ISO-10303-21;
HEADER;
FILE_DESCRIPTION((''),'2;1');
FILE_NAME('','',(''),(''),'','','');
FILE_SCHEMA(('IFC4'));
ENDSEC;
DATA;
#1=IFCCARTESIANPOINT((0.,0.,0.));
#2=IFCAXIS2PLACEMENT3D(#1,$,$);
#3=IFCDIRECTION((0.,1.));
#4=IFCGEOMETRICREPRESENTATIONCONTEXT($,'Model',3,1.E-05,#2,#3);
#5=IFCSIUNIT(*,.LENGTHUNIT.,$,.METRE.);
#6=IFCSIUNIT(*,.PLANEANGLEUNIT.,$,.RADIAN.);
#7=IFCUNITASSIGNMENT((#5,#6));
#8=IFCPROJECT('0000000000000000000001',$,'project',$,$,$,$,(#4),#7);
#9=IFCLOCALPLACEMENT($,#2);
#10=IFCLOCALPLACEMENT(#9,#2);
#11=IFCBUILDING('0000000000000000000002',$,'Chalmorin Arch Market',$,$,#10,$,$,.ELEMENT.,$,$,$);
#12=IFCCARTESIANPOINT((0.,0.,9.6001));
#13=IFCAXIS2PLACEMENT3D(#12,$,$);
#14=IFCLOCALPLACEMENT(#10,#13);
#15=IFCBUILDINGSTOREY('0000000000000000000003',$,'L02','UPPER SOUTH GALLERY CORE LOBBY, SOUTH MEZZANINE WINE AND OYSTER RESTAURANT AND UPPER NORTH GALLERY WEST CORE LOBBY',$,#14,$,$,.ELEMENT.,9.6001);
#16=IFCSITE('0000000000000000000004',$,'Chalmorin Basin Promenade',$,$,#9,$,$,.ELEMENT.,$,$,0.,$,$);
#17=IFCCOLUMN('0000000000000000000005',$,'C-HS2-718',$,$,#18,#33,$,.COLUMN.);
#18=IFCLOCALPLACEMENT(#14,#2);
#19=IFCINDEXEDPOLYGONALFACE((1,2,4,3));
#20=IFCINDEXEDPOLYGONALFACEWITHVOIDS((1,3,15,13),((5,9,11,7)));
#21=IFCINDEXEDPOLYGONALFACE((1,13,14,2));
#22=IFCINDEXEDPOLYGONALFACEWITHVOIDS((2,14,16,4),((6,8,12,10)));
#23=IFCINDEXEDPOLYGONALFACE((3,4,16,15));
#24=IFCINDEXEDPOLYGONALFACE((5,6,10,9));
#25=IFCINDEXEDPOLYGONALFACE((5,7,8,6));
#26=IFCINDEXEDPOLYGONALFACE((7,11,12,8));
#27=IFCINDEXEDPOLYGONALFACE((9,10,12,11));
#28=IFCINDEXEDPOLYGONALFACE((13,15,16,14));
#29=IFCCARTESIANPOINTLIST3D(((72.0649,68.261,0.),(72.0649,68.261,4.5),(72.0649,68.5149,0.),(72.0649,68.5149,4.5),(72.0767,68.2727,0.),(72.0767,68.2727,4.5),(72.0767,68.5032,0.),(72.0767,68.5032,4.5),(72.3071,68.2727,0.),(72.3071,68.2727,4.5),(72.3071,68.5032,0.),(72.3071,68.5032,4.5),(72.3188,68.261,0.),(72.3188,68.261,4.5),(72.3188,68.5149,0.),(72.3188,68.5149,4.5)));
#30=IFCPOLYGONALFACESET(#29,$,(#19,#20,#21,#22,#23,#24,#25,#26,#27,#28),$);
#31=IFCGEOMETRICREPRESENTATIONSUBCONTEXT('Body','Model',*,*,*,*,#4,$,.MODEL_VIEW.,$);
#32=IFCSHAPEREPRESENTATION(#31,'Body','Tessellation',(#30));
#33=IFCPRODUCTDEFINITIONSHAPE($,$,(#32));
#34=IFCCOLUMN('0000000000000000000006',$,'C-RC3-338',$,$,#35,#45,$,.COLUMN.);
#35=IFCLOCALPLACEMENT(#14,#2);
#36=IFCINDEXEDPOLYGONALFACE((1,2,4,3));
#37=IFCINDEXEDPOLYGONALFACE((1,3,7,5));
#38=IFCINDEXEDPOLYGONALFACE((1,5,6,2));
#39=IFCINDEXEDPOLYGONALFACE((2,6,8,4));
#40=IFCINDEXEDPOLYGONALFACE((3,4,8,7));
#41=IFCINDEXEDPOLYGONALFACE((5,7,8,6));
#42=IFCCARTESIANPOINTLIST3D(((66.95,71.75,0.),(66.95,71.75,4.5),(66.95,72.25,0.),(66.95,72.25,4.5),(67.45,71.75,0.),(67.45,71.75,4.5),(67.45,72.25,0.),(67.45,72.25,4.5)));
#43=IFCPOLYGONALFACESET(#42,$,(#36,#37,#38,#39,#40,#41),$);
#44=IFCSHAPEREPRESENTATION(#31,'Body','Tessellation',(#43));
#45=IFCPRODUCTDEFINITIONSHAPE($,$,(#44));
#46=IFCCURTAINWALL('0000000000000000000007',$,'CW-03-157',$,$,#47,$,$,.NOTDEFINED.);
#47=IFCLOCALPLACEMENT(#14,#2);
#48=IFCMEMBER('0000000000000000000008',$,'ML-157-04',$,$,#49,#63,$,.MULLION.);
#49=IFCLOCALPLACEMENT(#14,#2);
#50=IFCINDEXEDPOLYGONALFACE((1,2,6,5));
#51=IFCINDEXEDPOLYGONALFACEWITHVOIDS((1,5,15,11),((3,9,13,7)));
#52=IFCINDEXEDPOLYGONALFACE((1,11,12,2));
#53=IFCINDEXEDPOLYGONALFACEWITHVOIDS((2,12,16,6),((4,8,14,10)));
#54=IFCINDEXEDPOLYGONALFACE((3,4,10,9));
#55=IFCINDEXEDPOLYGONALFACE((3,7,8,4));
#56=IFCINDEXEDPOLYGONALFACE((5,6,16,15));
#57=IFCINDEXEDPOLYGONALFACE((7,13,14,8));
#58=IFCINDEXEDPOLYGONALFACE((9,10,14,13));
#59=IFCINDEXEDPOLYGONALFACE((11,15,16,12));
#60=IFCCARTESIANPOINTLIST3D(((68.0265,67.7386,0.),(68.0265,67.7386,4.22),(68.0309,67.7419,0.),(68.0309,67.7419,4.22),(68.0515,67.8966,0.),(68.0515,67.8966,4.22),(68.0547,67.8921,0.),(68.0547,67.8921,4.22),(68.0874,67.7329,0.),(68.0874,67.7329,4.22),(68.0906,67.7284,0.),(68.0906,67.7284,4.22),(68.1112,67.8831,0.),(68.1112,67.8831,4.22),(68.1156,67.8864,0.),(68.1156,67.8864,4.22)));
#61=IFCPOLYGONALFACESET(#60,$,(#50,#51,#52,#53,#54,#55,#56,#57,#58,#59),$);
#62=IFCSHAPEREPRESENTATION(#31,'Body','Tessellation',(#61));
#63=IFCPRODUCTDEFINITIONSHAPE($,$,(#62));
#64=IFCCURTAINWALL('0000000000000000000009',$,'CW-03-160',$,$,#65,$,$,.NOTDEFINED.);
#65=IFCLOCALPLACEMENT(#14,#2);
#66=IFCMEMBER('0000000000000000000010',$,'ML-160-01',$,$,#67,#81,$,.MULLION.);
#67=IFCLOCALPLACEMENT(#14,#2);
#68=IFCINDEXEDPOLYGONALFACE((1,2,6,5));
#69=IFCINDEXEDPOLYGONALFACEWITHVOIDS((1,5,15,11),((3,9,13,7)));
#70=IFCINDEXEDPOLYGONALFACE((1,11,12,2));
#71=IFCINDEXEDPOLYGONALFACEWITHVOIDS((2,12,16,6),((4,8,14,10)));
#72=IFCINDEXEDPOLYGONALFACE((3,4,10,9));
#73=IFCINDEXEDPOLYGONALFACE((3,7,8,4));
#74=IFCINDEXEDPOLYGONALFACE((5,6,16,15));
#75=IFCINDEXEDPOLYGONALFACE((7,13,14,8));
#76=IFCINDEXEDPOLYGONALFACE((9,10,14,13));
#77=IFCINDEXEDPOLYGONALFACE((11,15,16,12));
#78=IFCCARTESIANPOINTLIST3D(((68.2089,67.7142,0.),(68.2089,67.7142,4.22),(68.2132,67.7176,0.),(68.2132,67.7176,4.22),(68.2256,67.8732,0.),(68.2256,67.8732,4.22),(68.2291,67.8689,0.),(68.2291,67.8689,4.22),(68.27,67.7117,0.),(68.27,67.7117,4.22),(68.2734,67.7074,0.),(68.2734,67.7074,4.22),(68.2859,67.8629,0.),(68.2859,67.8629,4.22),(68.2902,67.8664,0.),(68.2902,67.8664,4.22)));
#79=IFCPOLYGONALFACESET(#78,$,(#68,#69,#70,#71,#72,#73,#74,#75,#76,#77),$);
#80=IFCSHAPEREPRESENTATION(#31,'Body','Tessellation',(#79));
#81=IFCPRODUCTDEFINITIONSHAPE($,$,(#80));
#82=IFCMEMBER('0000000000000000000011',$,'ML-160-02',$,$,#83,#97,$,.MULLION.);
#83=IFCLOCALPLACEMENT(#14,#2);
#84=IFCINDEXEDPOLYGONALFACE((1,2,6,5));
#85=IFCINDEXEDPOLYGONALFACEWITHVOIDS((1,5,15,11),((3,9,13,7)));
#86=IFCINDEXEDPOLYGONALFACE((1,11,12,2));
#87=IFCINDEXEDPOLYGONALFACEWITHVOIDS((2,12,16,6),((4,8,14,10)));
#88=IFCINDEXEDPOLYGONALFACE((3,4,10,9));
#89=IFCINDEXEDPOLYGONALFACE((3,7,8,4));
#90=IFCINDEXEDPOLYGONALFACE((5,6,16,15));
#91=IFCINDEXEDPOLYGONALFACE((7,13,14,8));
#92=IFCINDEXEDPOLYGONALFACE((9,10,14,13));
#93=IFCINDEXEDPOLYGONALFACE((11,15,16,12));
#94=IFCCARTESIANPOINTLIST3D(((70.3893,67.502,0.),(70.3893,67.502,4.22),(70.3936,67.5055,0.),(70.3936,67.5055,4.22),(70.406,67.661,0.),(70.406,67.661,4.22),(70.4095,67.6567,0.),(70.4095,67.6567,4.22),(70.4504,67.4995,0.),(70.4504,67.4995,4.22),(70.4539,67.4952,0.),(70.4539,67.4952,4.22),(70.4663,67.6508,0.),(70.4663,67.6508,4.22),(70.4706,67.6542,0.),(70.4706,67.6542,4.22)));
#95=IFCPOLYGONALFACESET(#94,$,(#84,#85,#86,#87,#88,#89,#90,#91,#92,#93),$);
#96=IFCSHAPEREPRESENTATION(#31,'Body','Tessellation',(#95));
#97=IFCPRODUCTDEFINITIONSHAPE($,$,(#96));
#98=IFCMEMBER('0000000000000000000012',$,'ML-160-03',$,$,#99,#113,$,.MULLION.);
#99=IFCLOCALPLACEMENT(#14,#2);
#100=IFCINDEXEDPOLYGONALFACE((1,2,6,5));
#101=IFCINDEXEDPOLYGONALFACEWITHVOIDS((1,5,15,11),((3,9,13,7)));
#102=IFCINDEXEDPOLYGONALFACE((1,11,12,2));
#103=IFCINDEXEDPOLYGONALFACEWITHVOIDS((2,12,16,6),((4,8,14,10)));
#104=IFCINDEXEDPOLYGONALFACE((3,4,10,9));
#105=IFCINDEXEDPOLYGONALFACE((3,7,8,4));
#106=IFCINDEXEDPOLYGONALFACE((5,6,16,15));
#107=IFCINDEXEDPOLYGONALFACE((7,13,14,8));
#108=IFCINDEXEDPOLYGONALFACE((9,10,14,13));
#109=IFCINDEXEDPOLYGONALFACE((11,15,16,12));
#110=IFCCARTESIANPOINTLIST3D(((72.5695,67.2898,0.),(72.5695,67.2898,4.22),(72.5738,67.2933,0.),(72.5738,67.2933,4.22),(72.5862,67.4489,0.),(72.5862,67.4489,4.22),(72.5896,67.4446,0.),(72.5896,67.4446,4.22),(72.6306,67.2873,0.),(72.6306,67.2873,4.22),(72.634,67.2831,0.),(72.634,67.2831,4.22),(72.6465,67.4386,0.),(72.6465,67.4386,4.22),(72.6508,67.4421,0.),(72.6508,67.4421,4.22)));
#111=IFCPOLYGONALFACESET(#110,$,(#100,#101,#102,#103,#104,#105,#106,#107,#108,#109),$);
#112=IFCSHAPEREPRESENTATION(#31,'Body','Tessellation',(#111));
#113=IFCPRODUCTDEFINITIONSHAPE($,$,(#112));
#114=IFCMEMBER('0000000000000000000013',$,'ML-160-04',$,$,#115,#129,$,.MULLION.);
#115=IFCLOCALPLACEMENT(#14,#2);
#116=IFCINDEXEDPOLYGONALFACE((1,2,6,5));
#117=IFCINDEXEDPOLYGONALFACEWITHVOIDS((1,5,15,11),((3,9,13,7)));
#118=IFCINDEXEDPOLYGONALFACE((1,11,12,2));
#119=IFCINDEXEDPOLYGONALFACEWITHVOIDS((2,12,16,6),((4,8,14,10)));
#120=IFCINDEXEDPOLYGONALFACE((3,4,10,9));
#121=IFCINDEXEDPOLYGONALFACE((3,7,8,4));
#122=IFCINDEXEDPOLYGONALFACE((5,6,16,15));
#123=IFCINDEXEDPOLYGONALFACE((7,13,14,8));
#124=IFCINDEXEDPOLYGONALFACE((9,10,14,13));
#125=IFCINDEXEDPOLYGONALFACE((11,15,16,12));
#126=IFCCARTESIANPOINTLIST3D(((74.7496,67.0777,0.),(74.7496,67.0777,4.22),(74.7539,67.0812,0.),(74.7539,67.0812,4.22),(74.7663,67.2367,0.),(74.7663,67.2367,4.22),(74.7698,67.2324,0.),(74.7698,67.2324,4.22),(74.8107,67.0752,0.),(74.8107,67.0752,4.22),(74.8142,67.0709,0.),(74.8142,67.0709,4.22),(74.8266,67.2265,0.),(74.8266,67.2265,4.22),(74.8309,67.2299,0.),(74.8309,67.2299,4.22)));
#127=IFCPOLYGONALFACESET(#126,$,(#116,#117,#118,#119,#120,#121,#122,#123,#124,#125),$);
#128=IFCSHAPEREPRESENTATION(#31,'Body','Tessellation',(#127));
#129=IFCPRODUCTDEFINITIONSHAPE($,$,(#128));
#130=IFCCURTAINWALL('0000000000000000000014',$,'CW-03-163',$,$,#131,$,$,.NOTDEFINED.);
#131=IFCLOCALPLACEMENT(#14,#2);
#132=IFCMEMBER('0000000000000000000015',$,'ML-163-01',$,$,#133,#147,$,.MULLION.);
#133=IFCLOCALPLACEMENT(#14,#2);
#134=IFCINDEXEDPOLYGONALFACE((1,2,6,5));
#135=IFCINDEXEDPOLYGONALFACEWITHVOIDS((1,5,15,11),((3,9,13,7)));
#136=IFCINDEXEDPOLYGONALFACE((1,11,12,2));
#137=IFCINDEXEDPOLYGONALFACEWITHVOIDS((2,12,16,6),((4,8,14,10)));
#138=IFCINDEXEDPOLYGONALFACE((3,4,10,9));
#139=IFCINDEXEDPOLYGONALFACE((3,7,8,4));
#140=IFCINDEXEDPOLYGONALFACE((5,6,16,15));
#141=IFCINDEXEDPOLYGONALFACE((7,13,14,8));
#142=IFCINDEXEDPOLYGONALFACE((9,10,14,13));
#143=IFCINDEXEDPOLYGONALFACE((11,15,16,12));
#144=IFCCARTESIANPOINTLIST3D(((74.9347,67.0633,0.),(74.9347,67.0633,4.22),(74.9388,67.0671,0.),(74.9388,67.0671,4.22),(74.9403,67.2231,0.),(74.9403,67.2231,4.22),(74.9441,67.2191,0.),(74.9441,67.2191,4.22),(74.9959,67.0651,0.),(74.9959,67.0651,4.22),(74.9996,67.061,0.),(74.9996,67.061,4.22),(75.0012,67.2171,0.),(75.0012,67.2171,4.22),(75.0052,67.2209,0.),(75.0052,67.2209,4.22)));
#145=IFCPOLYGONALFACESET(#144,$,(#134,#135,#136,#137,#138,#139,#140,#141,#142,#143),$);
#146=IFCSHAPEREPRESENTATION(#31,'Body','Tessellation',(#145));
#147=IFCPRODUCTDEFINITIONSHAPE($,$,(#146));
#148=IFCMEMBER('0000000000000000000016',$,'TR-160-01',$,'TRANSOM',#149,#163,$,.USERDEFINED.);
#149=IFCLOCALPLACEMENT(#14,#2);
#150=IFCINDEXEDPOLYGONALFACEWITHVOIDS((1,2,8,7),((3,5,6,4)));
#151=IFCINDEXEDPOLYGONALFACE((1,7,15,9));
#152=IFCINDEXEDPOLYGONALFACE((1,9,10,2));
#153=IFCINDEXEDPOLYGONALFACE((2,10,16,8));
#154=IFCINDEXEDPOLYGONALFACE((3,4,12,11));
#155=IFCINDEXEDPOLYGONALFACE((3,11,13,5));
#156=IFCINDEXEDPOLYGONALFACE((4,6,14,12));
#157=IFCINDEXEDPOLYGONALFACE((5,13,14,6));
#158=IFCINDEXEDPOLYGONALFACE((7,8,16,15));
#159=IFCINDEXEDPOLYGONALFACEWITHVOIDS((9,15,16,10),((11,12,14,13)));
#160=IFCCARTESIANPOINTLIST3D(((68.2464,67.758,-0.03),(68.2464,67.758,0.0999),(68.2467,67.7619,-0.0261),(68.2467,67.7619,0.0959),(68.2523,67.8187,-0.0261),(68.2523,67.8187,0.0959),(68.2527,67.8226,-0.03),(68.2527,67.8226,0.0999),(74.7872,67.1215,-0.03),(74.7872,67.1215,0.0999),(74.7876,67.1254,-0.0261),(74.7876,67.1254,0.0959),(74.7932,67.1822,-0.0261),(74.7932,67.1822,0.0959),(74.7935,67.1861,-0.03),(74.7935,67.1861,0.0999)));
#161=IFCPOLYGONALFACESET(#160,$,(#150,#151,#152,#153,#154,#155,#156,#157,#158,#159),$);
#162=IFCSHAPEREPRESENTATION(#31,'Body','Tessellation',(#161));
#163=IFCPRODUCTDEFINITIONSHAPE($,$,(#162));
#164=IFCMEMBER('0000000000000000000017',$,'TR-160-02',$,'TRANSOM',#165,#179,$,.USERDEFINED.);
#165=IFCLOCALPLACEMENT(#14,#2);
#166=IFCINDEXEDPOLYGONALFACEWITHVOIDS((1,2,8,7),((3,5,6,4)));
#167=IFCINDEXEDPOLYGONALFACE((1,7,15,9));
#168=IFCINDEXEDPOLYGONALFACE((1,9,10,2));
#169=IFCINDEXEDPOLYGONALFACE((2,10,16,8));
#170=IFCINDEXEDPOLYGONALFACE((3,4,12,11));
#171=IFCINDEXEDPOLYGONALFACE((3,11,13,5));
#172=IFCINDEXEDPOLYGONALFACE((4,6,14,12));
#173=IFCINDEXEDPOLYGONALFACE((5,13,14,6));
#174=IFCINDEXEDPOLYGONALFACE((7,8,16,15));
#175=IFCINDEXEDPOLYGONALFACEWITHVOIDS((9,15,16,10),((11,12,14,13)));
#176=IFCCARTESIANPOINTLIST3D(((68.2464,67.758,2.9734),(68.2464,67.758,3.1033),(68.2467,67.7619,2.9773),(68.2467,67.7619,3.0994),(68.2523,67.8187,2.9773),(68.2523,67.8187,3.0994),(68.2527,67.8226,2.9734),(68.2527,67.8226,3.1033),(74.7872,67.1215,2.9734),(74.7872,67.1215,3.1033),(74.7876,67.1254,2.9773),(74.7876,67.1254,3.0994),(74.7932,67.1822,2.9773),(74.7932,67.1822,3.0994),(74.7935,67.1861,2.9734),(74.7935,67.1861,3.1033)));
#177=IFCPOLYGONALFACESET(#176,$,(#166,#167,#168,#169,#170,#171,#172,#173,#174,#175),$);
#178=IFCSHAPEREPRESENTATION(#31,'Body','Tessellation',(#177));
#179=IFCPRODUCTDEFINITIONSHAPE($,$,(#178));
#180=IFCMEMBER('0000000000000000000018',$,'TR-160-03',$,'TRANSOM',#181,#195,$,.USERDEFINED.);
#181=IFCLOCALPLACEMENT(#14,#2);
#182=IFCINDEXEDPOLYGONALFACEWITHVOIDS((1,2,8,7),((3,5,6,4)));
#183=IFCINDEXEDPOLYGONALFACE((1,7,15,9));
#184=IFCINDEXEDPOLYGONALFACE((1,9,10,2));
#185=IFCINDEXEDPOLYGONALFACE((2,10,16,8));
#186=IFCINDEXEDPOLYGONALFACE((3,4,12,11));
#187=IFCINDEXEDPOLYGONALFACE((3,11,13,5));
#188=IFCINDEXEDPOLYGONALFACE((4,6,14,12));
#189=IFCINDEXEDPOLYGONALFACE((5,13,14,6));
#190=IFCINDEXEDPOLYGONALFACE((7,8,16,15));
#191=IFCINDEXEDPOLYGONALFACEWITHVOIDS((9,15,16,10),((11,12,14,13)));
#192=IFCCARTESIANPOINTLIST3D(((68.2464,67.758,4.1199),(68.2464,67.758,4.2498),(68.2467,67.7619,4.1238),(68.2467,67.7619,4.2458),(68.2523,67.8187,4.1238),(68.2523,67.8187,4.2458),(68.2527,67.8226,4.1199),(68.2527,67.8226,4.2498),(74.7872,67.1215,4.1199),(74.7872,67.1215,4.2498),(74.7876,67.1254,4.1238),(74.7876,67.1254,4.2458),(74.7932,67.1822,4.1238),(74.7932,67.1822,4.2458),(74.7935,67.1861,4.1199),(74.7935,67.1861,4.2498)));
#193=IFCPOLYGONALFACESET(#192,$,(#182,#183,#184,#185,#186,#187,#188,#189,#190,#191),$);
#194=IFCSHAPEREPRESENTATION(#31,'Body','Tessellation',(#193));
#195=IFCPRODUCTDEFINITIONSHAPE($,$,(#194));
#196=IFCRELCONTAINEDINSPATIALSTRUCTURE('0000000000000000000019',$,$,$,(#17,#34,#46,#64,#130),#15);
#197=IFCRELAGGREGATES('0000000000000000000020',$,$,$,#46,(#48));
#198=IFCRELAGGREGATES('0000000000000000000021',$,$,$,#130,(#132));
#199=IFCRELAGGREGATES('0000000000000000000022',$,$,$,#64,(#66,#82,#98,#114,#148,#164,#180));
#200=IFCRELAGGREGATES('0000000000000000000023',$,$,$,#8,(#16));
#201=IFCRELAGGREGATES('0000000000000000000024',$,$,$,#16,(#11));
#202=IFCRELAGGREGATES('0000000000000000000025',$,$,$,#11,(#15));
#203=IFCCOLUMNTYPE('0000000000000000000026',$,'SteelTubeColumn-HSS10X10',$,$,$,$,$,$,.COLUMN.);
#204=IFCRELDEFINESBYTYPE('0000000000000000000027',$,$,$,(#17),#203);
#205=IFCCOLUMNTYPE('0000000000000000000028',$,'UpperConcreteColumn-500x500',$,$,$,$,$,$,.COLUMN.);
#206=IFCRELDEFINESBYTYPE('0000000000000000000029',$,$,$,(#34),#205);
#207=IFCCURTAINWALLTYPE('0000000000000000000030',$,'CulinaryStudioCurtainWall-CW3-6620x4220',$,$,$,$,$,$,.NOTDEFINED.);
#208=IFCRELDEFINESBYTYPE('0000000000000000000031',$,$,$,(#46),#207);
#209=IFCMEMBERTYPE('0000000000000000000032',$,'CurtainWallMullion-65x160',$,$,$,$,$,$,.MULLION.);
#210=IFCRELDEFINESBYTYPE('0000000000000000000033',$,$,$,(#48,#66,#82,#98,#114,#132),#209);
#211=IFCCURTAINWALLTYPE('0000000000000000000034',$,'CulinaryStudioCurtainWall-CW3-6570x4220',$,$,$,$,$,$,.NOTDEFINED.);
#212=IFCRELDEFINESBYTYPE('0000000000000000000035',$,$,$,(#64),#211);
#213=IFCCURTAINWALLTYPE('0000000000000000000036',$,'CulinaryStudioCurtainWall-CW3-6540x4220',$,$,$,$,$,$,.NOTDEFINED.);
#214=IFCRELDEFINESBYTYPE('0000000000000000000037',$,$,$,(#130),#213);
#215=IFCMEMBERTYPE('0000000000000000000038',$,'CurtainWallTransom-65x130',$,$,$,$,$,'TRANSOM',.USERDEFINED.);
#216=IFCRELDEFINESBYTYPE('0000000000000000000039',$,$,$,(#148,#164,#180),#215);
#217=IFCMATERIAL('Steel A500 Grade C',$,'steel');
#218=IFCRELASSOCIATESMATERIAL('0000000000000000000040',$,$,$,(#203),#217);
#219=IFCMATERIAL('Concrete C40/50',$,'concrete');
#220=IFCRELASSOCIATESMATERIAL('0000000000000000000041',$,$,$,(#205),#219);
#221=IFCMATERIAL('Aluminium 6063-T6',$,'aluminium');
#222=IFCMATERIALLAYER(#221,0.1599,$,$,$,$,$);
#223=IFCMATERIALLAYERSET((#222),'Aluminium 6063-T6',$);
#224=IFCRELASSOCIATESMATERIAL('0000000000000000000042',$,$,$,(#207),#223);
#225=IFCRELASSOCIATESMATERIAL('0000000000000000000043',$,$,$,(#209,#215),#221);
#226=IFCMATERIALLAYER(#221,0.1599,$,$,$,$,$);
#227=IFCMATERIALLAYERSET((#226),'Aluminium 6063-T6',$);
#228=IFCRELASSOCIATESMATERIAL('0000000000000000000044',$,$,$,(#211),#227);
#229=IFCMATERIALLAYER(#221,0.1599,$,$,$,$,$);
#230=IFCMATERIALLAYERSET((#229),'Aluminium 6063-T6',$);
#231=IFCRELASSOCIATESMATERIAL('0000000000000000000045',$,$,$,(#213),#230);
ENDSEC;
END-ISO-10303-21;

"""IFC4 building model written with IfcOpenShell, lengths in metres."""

from ifc_helpers import new_model, si_unit, direction, frame, origin, origin_2d, place, context, subcontext, project, spatial, rectangle, hollow_rectangle, extrude, material, layer, layer_set, material_profile, profile_set, type_object, element, aggregate, save


model = new_model("IFC4")

# Units and contexts
model_context = context("Model", 3, precision=1e-05, world=origin(), true_north=direction((0.0, 1.0)))
body_context = subcontext(model_context, "Body", "Model", "MODEL_VIEW")
ifc_project = project(units=[si_unit("LENGTHUNIT", "METRE"), si_unit("PLANEANGLEUNIT", "RADIAN")], contexts=[model_context])

# Site, building, storey
site_placement = place(None, origin())
site = spatial("IfcSite", under=ifc_project, at=site_placement, Name="Chalmorin Basin Promenade", CompositionType="ELEMENT", RefElevation=0.0)
building_placement = place(site_placement, origin())
building = spatial("IfcBuilding", under=site, at=building_placement, Name="Chalmorin Arch Market", CompositionType="ELEMENT")
storey_placement = place(building_placement, frame((0.0, 0.0, 9.6001)))
storey = spatial("IfcBuildingStorey", under=building, at=storey_placement, Name="L02", Description="UPPER SOUTH GALLERY CORE LOBBY, SOUTH MEZZANINE WINE AND OYSTER RESTAURANT AND UPPER NORTH GALLERY WEST CORE LOBBY", CompositionType="ELEMENT", Elevation=9.6001)

# Columns
ifc_material_1 = material(Name="Steel A500 Grade C", Category="steel")
ifc_material_profile_1 = material_profile(ifc_material_1, hollow_rectangle(XDim=0.2539, YDim=0.2539, WallThickness=0.0117, at=origin_2d()), Name="HSS10X10X1/2")
ifc_profile_set_1 = profile_set([ifc_material_profile_1], Name="Steel A500 Grade C")
column_type_1 = type_object("IfcColumnType", Name="SteelTubeColumn-HSS10X10", PredefinedType="COLUMN", material=ifc_profile_set_1)
column_1_placement = place(storey_placement, frame((72.1919, 68.3879, 0.0), z_axis=(0.0, 0.0, 1.0), x_axis=(1.0, 0.0, 0.0)))
element("IfcColumn", 1, at=column_1_placement, inside=storey, type_object=column_type_1, Name="C-HS2-718", PredefinedType="COLUMN", context=body_context, shape_type="SweptSolid", body=[
    extrude(hollow_rectangle(XDim=0.2539, YDim=0.2539, WallThickness=0.0117, at=origin_2d()), origin(), (0.0, 0.0, 1.0), 4.5),
])
ifc_material_2 = material(Name="Concrete C40/50", Category="concrete")
ifc_material_profile_2 = material_profile(ifc_material_2, rectangle(XDim=0.5, YDim=0.5, at=origin_2d()), Name="RC500X500")
ifc_profile_set_2 = profile_set([ifc_material_profile_2], Name="Concrete C40/50")
column_type_2 = type_object("IfcColumnType", Name="UpperConcreteColumn-500x500", PredefinedType="COLUMN", material=ifc_profile_set_2)
column_2_placement = place(storey_placement, frame((67.2, 72.0, 0.0), z_axis=(0.0, 0.0, 1.0), x_axis=(1.0, 0.0, 0.0)))
element("IfcColumn", 2, at=column_2_placement, inside=storey, type_object=column_type_2, Name="C-RC3-338", PredefinedType="COLUMN", context=body_context, shape_type="SweptSolid", body=[
    extrude(rectangle(XDim=0.5, YDim=0.5, at=origin_2d()), origin(), (0.0, 0.0, 1.0), 4.5),
])

# Curtain wall, member
ifc_material_3 = material(Name="Aluminium 6063-T6", Category="aluminium")
ifc_layer_1 = layer(ifc_material_3, 0.1599)
ifc_layer_set_1 = layer_set([ifc_layer_1], Name="Aluminium 6063-T6")
curtain_wall_type_1 = type_object("IfcCurtainWallType", Name="CulinaryStudioCurtainWall-CW3-6620x4220", PredefinedType="NOTDEFINED", material=ifc_layer_set_1)
curtain_wall_1_placement = place(storey_placement, origin())
curtain_wall_1 = element("IfcCurtainWall", 3, at=curtain_wall_1_placement, inside=storey, type_object=curtain_wall_type_1, Name="CW-03-157", PredefinedType="NOTDEFINED")
ifc_material_profile_3 = material_profile(ifc_material_3, hollow_rectangle(XDim=0.0649, YDim=0.1599, WallThickness=0.0039, at=origin_2d()), Name="ALU65X160X4")
ifc_profile_set_3 = profile_set([ifc_material_profile_3], Name="Aluminium 6063-T6")
member_type_1 = type_object("IfcMemberType", Name="CurtainWallMullion-65x160", PredefinedType="MULLION", material=ifc_profile_set_3)
member_1_placement = place(storey_placement, frame((68.071, 67.8125, 0.0), z_axis=(0.0, 0.0, 1.0), x_axis=(0.987688, -0.156434, 0.0)))
member_1 = element("IfcMember", 4, at=member_1_placement, type_object=member_type_1, Name="ML-157-04", PredefinedType="MULLION", context=body_context, shape_type="SweptSolid", body=[
    extrude(hollow_rectangle(XDim=0.0649, YDim=0.1599, WallThickness=0.0039, at=origin_2d()), origin(), (0.0, 0.0, 1.0), 4.22),
])
aggregate(curtain_wall_1, [member_1])

# Curtain wall, members
ifc_layer_2 = layer(ifc_material_3, 0.1599)
ifc_layer_set_2 = layer_set([ifc_layer_2], Name="Aluminium 6063-T6")
curtain_wall_type_2 = type_object("IfcCurtainWallType", Name="CulinaryStudioCurtainWall-CW3-6570x4220", PredefinedType="NOTDEFINED", material=ifc_layer_set_2)
curtain_wall_2_placement = place(storey_placement, origin())
curtain_wall_2 = element("IfcCurtainWall", 5, at=curtain_wall_2_placement, inside=storey, type_object=curtain_wall_type_2, Name="CW-03-160", PredefinedType="NOTDEFINED")
member_2_placement = place(storey_placement, frame((68.2495, 67.7903, 0.0), z_axis=(0.0, 0.0, 1.0), x_axis=(0.994522, -0.104528, 0.0)))
member_2 = element("IfcMember", 6, at=member_2_placement, type_object=member_type_1, Name="ML-160-01", PredefinedType="MULLION", context=body_context, shape_type="SweptSolid", body=[
    extrude(hollow_rectangle(XDim=0.0649, YDim=0.1599, WallThickness=0.0039, at=origin_2d()), origin(), (0.0, 0.0, 1.0), 4.22),
])
member_3_placement = place(storey_placement, frame((70.4299, 67.5781, 0.0), z_axis=(0.0, 0.0, 1.0), x_axis=(0.994522, -0.104528, 0.0)))
member_3 = element("IfcMember", 7, at=member_3_placement, type_object=member_type_1, Name="ML-160-02", PredefinedType="MULLION", context=body_context, shape_type="SweptSolid", body=[
    extrude(hollow_rectangle(XDim=0.0649, YDim=0.1599, WallThickness=0.0039, at=origin_2d()), origin(), (0.0, 0.0, 1.0), 4.22),
])
member_4_placement = place(storey_placement, frame((72.6101, 67.366, 0.0), z_axis=(0.0, 0.0, 1.0), x_axis=(0.994522, -0.104528, 0.0)))
member_4 = element("IfcMember", 8, at=member_4_placement, type_object=member_type_1, Name="ML-160-03", PredefinedType="MULLION", context=body_context, shape_type="SweptSolid", body=[
    extrude(hollow_rectangle(XDim=0.0649, YDim=0.1599, WallThickness=0.0039, at=origin_2d()), origin(), (0.0, 0.0, 1.0), 4.22),
])
member_5_placement = place(storey_placement, frame((74.7903, 67.1538, 0.0), z_axis=(0.0, 0.0, 1.0), x_axis=(0.994522, -0.104528, 0.0)))
member_5 = element("IfcMember", 9, at=member_5_placement, type_object=member_type_1, Name="ML-160-04", PredefinedType="MULLION", context=body_context, shape_type="SweptSolid", body=[
    extrude(hollow_rectangle(XDim=0.0649, YDim=0.1599, WallThickness=0.0039, at=origin_2d()), origin(), (0.0, 0.0, 1.0), 4.22),
])

# Curtain wall, member
ifc_layer_3 = layer(ifc_material_3, 0.1599)
ifc_layer_set_3 = layer_set([ifc_layer_3], Name="Aluminium 6063-T6")
curtain_wall_type_3 = type_object("IfcCurtainWallType", Name="CulinaryStudioCurtainWall-CW3-6540x4220", PredefinedType="NOTDEFINED", material=ifc_layer_set_3)
curtain_wall_3_placement = place(storey_placement, origin())
curtain_wall_3 = element("IfcCurtainWall", 10, at=curtain_wall_3_placement, inside=storey, type_object=curtain_wall_type_3, Name="CW-03-163", PredefinedType="NOTDEFINED")
member_6_placement = place(storey_placement, frame((74.97, 67.1421, 0.0), z_axis=(0.0, 0.0, 1.0), x_axis=(0.999391, -0.034899, 0.0)))
member_6 = element("IfcMember", 11, at=member_6_placement, type_object=member_type_1, Name="ML-163-01", PredefinedType="MULLION", context=body_context, shape_type="SweptSolid", body=[
    extrude(hollow_rectangle(XDim=0.0649, YDim=0.1599, WallThickness=0.0039, at=origin_2d()), origin(), (0.0, 0.0, 1.0), 4.22),
])
aggregate(curtain_wall_3, [member_6])

# Members
ifc_material_profile_4 = material_profile(ifc_material_3, hollow_rectangle(XDim=0.0649, YDim=0.1299, WallThickness=0.0039, at=origin_2d()), Name="ALU65X130X4")
ifc_profile_set_4 = profile_set([ifc_material_profile_4], Name="Aluminium 6063-T6")
member_type_2 = type_object("IfcMemberType", Name="CurtainWallTransom-65x130", ElementType="TRANSOM", PredefinedType="USERDEFINED", material=ifc_profile_set_4)
member_7_placement = place(storey_placement, frame((68.2495, 67.7903, 0.0349), z_axis=(0.995299, -0.096851, 0.0), x_axis=(0.096851, 0.995299, 0.0)))
member_7 = element("IfcMember", 12, at=member_7_placement, type_object=member_type_2, Name="TR-160-01", ObjectType="TRANSOM", PredefinedType="USERDEFINED", context=body_context, shape_type="SweptSolid", body=[
    extrude(hollow_rectangle(XDim=0.0649, YDim=0.1299, WallThickness=0.0039, at=origin_2d()), origin(), (0.0, 0.0, 1.0), 6.5718),
])
member_8_placement = place(storey_placement, frame((68.2495, 67.7903, 3.0383), z_axis=(0.995299, -0.096851, 0.0), x_axis=(0.096851, 0.995299, 0.0)))
member_8 = element("IfcMember", 13, at=member_8_placement, type_object=member_type_2, Name="TR-160-02", ObjectType="TRANSOM", PredefinedType="USERDEFINED", context=body_context, shape_type="SweptSolid", body=[
    extrude(hollow_rectangle(XDim=0.0649, YDim=0.1299, WallThickness=0.0039, at=origin_2d()), origin(), (0.0, 0.0, 1.0), 6.5718),
])
member_9_placement = place(storey_placement, frame((68.2495, 67.7903, 4.1848), z_axis=(0.995299, -0.096851, 0.0), x_axis=(0.096851, 0.995299, 0.0)))
member_9 = element("IfcMember", 14, at=member_9_placement, type_object=member_type_2, Name="TR-160-03", ObjectType="TRANSOM", PredefinedType="USERDEFINED", context=body_context, shape_type="SweptSolid", body=[
    extrude(hollow_rectangle(XDim=0.0649, YDim=0.1299, WallThickness=0.0039, at=origin_2d()), origin(), (0.0, 0.0, 1.0), 6.5718),
])

aggregate(curtain_wall_2, [member_2, member_3, member_4, member_5, member_7, member_8, member_9])

save(model, "model.ifc")
